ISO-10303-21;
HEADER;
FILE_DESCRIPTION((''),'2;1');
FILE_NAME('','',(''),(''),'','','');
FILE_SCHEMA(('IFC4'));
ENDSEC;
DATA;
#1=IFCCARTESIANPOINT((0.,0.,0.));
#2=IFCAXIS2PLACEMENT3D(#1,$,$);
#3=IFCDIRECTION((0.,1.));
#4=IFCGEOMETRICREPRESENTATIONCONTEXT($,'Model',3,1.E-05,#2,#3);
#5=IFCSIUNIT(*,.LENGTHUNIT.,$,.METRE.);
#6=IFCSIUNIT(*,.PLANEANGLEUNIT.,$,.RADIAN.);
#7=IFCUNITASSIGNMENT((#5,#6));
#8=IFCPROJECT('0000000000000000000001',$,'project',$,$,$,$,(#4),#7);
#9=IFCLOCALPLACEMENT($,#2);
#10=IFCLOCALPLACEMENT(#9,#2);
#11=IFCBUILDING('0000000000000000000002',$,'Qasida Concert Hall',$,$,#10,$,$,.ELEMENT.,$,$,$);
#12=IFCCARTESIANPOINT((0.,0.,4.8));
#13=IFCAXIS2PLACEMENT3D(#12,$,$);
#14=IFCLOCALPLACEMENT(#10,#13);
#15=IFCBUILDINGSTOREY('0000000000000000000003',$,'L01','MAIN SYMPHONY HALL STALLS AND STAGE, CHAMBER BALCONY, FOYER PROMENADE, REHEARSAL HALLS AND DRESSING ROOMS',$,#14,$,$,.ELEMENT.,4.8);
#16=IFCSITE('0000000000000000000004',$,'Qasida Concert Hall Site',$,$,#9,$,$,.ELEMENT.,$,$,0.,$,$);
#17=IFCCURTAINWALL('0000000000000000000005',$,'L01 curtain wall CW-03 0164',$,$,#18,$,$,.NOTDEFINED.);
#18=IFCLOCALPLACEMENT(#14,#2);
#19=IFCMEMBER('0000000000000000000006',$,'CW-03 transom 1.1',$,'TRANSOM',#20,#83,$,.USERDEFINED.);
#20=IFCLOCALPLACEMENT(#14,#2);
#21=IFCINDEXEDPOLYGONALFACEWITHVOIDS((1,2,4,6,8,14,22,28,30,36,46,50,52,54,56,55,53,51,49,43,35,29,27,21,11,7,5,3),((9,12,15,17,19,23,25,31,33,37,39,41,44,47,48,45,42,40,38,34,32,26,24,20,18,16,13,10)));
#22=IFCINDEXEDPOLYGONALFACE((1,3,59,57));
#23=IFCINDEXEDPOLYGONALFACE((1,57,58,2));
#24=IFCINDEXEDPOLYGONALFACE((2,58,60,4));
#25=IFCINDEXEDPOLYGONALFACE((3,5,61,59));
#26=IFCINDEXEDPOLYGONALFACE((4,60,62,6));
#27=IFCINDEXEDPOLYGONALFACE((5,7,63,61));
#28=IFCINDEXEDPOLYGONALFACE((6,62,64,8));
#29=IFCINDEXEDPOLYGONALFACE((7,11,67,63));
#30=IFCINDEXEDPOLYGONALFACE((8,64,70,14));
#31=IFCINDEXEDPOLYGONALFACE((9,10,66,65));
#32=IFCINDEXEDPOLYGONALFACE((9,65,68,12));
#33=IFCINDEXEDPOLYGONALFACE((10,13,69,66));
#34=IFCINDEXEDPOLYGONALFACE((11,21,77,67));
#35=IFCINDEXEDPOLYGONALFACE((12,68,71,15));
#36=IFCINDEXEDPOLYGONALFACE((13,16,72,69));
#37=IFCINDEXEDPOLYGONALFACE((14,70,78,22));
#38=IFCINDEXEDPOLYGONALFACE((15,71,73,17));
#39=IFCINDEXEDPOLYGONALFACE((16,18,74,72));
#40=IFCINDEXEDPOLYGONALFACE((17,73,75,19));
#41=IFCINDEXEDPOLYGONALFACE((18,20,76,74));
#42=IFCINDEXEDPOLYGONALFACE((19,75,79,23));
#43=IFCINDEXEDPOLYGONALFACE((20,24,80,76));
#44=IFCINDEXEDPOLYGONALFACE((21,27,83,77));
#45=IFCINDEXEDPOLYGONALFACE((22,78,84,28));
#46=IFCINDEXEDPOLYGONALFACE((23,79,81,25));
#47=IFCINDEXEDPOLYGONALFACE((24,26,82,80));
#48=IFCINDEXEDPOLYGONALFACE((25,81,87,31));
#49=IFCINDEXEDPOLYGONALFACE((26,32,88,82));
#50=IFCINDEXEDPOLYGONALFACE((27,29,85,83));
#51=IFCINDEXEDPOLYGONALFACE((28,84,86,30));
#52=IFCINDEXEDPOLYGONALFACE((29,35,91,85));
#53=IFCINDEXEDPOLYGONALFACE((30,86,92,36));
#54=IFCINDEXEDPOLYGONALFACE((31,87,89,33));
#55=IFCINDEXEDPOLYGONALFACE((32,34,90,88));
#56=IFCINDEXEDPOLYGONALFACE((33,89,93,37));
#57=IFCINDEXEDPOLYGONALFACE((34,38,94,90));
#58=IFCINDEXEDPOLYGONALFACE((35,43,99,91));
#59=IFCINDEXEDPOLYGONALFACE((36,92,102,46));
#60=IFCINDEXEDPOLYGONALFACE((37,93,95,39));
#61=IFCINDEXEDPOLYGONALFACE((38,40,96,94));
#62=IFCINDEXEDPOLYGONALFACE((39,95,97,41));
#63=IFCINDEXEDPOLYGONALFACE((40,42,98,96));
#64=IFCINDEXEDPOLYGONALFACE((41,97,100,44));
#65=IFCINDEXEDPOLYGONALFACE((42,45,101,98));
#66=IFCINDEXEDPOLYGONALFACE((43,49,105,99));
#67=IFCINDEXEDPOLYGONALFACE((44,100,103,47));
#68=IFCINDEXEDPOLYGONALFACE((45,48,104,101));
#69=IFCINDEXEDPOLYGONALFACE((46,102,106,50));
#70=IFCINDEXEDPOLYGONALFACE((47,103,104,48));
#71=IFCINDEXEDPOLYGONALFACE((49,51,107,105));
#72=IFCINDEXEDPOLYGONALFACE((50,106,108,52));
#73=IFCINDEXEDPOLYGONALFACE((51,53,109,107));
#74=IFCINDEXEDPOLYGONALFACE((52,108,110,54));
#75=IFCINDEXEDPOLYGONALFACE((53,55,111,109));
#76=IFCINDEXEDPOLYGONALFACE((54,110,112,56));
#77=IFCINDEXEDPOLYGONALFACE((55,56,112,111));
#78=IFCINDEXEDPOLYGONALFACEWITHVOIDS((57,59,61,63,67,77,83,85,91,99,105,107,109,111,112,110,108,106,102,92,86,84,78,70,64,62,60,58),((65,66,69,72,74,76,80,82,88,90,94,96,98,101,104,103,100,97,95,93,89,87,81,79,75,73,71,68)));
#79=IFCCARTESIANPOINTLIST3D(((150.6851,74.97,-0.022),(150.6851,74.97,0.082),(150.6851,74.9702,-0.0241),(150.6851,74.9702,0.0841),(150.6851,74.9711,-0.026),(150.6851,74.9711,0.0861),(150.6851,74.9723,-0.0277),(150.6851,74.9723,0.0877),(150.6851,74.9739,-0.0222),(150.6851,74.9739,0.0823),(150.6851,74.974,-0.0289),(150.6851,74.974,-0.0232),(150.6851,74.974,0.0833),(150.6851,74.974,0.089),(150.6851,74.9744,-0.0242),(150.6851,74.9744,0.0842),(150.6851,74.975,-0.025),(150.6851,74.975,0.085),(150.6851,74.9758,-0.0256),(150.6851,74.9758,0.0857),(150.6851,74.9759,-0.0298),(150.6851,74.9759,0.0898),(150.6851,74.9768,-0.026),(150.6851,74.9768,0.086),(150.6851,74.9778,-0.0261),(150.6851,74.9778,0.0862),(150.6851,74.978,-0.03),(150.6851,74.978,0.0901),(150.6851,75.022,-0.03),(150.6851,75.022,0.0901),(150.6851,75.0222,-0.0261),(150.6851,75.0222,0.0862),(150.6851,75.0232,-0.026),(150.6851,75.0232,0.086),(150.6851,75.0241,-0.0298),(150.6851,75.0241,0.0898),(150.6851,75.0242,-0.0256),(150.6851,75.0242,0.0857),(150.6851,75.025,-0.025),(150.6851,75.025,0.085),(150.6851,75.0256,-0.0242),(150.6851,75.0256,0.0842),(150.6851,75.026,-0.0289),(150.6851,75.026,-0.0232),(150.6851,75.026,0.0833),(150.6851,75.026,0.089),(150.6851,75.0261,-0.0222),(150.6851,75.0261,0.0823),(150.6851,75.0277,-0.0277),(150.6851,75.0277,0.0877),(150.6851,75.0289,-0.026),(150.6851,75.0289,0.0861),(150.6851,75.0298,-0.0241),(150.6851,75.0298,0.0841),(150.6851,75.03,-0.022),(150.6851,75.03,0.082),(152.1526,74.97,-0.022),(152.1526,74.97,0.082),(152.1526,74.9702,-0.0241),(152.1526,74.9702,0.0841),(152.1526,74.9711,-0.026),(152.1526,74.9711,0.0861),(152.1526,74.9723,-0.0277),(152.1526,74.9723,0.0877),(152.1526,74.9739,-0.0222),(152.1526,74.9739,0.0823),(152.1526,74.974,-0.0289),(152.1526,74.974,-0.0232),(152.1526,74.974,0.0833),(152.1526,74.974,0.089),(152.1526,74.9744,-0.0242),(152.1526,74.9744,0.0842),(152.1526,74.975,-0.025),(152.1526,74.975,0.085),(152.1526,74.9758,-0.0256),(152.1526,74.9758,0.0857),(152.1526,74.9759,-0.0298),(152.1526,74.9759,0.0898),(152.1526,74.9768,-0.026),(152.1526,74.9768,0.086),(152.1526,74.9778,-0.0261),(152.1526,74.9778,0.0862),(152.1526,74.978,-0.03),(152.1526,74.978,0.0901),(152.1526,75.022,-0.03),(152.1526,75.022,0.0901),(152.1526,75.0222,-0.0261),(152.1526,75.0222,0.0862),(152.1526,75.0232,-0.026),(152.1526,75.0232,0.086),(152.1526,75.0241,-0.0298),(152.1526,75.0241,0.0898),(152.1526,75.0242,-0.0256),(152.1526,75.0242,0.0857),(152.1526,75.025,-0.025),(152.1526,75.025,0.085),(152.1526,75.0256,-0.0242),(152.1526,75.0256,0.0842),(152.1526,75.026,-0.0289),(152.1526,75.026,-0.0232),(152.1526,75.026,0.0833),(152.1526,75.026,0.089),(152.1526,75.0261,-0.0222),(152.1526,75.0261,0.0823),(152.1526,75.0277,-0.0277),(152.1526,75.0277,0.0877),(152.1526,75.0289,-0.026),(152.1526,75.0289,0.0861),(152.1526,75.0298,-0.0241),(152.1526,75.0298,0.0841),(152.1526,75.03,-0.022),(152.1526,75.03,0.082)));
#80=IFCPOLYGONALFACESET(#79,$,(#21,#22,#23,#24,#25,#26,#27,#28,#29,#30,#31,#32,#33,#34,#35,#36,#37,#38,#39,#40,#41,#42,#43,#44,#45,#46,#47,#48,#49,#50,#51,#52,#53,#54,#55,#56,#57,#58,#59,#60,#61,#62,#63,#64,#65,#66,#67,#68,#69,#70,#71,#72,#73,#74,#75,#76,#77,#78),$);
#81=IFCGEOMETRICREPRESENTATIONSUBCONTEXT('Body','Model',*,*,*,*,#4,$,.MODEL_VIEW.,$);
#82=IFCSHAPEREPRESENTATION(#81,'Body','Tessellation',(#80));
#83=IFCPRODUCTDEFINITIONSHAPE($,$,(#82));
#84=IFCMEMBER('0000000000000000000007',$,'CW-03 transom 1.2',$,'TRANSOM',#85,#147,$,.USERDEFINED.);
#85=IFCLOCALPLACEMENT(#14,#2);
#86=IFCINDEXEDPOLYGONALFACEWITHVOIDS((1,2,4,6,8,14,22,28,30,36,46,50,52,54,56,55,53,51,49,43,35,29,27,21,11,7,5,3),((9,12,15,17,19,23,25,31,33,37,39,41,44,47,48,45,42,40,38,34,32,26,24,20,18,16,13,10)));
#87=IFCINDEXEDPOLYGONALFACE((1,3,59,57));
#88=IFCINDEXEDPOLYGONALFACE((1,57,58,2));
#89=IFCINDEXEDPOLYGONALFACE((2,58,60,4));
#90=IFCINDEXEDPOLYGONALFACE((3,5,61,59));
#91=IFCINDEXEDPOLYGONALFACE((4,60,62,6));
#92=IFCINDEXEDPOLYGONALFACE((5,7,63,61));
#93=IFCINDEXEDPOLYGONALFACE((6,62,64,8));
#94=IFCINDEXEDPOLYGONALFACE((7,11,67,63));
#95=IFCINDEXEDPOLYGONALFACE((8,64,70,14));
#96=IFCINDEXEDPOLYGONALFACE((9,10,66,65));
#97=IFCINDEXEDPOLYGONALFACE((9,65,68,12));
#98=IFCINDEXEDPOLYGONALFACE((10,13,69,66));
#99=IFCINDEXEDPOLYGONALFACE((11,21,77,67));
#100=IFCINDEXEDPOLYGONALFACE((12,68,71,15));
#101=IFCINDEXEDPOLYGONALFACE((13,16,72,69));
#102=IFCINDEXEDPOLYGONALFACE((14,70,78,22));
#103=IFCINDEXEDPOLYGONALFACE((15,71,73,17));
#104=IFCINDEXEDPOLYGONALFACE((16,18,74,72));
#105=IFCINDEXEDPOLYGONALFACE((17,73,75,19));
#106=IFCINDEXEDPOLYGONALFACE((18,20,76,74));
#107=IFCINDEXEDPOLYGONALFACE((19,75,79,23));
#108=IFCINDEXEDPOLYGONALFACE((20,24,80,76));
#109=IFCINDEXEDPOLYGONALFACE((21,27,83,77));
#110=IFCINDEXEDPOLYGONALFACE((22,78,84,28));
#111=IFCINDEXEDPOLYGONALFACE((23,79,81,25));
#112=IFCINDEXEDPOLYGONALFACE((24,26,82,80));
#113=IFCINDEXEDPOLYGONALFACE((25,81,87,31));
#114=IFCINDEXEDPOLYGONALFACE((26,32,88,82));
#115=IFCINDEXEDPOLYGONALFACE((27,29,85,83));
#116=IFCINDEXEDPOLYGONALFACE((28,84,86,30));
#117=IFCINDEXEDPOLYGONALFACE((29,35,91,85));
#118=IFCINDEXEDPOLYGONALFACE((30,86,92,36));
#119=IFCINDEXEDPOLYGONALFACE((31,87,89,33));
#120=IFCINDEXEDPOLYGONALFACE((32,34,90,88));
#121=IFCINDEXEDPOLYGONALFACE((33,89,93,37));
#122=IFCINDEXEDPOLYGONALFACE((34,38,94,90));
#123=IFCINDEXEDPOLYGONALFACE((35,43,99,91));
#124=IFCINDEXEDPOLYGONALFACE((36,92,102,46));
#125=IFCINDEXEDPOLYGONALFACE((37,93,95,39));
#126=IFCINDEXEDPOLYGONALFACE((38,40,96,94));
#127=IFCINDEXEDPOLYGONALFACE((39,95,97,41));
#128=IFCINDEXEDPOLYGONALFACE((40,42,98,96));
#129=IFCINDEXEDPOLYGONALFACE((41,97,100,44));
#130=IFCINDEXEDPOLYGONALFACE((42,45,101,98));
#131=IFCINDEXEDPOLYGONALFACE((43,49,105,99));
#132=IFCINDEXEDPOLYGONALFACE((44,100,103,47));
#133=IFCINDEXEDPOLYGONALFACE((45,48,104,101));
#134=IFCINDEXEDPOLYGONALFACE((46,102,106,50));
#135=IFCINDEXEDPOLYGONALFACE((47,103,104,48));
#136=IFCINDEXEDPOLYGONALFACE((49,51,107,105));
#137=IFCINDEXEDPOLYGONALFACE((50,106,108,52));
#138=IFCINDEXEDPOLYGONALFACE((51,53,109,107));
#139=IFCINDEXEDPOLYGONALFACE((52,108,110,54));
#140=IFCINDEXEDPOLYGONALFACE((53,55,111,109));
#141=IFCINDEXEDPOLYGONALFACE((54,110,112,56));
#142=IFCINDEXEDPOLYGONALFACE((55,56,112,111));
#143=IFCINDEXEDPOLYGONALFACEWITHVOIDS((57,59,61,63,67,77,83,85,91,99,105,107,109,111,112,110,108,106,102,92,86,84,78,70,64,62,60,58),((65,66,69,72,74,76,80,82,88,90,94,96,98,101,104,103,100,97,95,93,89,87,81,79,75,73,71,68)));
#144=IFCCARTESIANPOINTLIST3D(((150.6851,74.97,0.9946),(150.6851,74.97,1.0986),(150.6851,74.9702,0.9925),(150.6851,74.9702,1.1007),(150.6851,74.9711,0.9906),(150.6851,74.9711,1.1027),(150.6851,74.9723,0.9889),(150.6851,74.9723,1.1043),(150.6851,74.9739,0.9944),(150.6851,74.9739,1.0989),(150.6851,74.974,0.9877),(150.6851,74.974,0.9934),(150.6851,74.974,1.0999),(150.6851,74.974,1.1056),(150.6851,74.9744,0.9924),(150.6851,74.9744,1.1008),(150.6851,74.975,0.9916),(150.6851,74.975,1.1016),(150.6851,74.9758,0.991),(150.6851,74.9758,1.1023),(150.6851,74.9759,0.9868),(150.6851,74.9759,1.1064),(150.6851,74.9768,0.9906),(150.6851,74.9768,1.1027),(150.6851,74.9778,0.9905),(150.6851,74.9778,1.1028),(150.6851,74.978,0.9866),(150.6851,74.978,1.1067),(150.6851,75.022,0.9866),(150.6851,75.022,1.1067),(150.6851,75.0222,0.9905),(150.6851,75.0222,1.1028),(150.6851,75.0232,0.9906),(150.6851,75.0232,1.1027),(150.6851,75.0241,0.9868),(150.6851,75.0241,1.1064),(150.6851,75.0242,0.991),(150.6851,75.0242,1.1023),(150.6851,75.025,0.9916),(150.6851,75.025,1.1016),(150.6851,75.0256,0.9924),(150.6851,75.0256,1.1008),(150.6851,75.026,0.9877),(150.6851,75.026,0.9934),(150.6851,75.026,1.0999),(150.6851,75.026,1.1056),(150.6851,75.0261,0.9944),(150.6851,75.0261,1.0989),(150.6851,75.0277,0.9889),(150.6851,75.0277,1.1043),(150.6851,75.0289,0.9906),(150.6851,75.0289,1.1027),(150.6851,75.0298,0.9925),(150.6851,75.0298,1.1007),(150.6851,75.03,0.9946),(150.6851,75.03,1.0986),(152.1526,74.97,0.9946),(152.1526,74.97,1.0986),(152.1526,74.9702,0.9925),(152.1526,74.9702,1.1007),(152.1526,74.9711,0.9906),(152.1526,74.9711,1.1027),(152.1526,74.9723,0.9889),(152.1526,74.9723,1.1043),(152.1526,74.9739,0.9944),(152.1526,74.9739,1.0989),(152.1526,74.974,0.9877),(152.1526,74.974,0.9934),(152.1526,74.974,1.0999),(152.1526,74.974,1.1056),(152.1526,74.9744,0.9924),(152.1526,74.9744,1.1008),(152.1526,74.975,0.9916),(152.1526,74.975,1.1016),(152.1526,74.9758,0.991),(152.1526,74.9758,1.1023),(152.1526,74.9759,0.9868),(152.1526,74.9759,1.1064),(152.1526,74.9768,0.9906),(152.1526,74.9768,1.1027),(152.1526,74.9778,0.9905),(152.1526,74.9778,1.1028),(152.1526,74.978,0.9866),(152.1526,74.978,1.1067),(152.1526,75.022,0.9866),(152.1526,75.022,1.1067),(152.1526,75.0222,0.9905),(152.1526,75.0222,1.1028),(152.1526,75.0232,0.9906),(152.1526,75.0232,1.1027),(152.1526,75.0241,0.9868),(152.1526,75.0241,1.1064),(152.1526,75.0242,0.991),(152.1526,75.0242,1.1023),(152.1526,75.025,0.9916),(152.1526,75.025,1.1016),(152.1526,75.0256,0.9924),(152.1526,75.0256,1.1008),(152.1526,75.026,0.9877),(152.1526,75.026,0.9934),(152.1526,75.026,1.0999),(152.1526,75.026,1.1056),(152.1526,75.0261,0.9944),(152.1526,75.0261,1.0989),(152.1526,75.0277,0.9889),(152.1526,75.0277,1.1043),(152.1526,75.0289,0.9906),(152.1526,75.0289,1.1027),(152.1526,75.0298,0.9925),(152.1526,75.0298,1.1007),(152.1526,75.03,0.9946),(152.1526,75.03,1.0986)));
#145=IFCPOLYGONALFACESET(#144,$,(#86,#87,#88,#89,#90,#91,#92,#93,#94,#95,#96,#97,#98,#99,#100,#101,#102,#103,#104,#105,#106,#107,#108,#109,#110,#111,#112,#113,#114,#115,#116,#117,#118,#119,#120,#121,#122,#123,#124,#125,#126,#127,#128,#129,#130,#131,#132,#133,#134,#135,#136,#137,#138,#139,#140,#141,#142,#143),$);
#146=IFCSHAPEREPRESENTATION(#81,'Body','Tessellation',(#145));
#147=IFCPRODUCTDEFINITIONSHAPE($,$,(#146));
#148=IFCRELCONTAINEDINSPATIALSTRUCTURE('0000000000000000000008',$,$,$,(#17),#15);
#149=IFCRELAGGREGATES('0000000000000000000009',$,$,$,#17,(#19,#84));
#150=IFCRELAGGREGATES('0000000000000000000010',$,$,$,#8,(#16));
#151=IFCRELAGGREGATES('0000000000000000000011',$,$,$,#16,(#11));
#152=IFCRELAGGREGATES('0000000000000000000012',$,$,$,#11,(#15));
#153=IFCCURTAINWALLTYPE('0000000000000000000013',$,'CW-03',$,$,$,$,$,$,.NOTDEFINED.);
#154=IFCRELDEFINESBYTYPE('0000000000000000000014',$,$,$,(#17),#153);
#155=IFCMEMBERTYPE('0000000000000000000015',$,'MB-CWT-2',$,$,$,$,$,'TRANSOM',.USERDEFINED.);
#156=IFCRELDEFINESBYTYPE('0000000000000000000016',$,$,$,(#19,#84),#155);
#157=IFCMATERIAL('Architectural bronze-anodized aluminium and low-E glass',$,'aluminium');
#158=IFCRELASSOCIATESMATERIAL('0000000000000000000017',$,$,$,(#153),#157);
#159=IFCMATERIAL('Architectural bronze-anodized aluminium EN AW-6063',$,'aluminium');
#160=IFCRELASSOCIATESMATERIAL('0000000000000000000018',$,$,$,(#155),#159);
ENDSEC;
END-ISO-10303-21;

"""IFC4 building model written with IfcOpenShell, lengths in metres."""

from ifc_helpers import new_model, si_unit, direction, frame, origin, origin_2d, place, context, subcontext, project, spatial, hollow_rectangle, extrude, material, material_profile, profile_set, type_object, element, aggregate, save


model = new_model("IFC4")

# Units and contexts
model_context = context("Model", 3, precision=1e-05, world=origin(), true_north=direction((0.0, 1.0)))
body_context = subcontext(model_context, "Body", "Model", "MODEL_VIEW")
ifc_project = project(units=[si_unit("LENGTHUNIT", "METRE"), si_unit("PLANEANGLEUNIT", "RADIAN")], contexts=[model_context])

# Site, building, storey
site_placement = place(None, origin())
site = spatial("IfcSite", under=ifc_project, at=site_placement, Name="Qasida Concert Hall Site", CompositionType="ELEMENT", RefElevation=0.0)
building_placement = place(site_placement, origin())
building = spatial("IfcBuilding", under=site, at=building_placement, Name="Qasida Concert Hall", CompositionType="ELEMENT")
storey_placement = place(building_placement, frame((0.0, 0.0, 4.8)))
storey = spatial("IfcBuildingStorey", under=building, at=storey_placement, Name="L01", Description="MAIN SYMPHONY HALL STALLS AND STAGE, CHAMBER BALCONY, FOYER PROMENADE, REHEARSAL HALLS AND DRESSING ROOMS", CompositionType="ELEMENT", Elevation=4.8)

# Curtain wall, members
ifc_material_1 = material(Name="Architectural bronze-anodized aluminium and low-E glass", Category="aluminium")
curtain_wall_type = type_object("IfcCurtainWallType", Name="CW-03", PredefinedType="NOTDEFINED", material=ifc_material_1)
curtain_wall_placement = place(storey_placement, origin())
curtain_wall = element("IfcCurtainWall", 1, at=curtain_wall_placement, inside=storey, type_object=curtain_wall_type, Name="L01 curtain wall CW-03 0164", PredefinedType="NOTDEFINED")
ifc_material_2 = material(Name="Architectural bronze-anodized aluminium EN AW-6063", Category="aluminium")
ifc_material_profile_1 = material_profile(ifc_material_2, hollow_rectangle(XDim=0.0601, YDim=0.1201, WallThickness=0.0039, InnerFilletRadius=0.0039, OuterFilletRadius=0.0081, at=origin_2d()), Name="CWT 120x60x4")
ifc_profile_set_1 = profile_set([ifc_material_profile_1], Name="Architectural bronze-anodized aluminium EN AW-6063")
member_type_1 = type_object("IfcMemberType", Name="MB-CWT-2", ElementType="TRANSOM", PredefinedType="USERDEFINED", material=ifc_profile_set_1)
member_1_placement = place(storey_placement, frame((150.6851, 75.0, 0.03), z_axis=(1.0, 0.0, 0.0), x_axis=(0.0, 1.0, 0.0)))
member_1 = element("IfcMember", 2, at=member_1_placement, type_object=member_type_1, Name="CW-03 transom 1.1", ObjectType="TRANSOM", PredefinedType="USERDEFINED", context=body_context, shape_type="SweptSolid", body=[
    extrude(hollow_rectangle(XDim=0.0601, YDim=0.1201, WallThickness=0.0039, InnerFilletRadius=0.0039, OuterFilletRadius=0.0081, at=origin_2d()), origin(), (0.0, 0.0, 1.0), 1.4675),
])
member_2_placement = place(storey_placement, frame((150.6851, 75.0, 1.0466), z_axis=(1.0, 0.0, 0.0), x_axis=(0.0, 1.0, 0.0)))
member_2 = element("IfcMember", 3, at=member_2_placement, type_object=member_type_1, Name="CW-03 transom 1.2", ObjectType="TRANSOM", PredefinedType="USERDEFINED", context=body_context, shape_type="SweptSolid", body=[
    extrude(hollow_rectangle(XDim=0.0601, YDim=0.1201, WallThickness=0.0039, InnerFilletRadius=0.0039, OuterFilletRadius=0.0081, at=origin_2d()), origin(), (0.0, 0.0, 1.0), 1.4675),
])
aggregate(curtain_wall, [member_1, member_2])

save(model, "model.ifc")
